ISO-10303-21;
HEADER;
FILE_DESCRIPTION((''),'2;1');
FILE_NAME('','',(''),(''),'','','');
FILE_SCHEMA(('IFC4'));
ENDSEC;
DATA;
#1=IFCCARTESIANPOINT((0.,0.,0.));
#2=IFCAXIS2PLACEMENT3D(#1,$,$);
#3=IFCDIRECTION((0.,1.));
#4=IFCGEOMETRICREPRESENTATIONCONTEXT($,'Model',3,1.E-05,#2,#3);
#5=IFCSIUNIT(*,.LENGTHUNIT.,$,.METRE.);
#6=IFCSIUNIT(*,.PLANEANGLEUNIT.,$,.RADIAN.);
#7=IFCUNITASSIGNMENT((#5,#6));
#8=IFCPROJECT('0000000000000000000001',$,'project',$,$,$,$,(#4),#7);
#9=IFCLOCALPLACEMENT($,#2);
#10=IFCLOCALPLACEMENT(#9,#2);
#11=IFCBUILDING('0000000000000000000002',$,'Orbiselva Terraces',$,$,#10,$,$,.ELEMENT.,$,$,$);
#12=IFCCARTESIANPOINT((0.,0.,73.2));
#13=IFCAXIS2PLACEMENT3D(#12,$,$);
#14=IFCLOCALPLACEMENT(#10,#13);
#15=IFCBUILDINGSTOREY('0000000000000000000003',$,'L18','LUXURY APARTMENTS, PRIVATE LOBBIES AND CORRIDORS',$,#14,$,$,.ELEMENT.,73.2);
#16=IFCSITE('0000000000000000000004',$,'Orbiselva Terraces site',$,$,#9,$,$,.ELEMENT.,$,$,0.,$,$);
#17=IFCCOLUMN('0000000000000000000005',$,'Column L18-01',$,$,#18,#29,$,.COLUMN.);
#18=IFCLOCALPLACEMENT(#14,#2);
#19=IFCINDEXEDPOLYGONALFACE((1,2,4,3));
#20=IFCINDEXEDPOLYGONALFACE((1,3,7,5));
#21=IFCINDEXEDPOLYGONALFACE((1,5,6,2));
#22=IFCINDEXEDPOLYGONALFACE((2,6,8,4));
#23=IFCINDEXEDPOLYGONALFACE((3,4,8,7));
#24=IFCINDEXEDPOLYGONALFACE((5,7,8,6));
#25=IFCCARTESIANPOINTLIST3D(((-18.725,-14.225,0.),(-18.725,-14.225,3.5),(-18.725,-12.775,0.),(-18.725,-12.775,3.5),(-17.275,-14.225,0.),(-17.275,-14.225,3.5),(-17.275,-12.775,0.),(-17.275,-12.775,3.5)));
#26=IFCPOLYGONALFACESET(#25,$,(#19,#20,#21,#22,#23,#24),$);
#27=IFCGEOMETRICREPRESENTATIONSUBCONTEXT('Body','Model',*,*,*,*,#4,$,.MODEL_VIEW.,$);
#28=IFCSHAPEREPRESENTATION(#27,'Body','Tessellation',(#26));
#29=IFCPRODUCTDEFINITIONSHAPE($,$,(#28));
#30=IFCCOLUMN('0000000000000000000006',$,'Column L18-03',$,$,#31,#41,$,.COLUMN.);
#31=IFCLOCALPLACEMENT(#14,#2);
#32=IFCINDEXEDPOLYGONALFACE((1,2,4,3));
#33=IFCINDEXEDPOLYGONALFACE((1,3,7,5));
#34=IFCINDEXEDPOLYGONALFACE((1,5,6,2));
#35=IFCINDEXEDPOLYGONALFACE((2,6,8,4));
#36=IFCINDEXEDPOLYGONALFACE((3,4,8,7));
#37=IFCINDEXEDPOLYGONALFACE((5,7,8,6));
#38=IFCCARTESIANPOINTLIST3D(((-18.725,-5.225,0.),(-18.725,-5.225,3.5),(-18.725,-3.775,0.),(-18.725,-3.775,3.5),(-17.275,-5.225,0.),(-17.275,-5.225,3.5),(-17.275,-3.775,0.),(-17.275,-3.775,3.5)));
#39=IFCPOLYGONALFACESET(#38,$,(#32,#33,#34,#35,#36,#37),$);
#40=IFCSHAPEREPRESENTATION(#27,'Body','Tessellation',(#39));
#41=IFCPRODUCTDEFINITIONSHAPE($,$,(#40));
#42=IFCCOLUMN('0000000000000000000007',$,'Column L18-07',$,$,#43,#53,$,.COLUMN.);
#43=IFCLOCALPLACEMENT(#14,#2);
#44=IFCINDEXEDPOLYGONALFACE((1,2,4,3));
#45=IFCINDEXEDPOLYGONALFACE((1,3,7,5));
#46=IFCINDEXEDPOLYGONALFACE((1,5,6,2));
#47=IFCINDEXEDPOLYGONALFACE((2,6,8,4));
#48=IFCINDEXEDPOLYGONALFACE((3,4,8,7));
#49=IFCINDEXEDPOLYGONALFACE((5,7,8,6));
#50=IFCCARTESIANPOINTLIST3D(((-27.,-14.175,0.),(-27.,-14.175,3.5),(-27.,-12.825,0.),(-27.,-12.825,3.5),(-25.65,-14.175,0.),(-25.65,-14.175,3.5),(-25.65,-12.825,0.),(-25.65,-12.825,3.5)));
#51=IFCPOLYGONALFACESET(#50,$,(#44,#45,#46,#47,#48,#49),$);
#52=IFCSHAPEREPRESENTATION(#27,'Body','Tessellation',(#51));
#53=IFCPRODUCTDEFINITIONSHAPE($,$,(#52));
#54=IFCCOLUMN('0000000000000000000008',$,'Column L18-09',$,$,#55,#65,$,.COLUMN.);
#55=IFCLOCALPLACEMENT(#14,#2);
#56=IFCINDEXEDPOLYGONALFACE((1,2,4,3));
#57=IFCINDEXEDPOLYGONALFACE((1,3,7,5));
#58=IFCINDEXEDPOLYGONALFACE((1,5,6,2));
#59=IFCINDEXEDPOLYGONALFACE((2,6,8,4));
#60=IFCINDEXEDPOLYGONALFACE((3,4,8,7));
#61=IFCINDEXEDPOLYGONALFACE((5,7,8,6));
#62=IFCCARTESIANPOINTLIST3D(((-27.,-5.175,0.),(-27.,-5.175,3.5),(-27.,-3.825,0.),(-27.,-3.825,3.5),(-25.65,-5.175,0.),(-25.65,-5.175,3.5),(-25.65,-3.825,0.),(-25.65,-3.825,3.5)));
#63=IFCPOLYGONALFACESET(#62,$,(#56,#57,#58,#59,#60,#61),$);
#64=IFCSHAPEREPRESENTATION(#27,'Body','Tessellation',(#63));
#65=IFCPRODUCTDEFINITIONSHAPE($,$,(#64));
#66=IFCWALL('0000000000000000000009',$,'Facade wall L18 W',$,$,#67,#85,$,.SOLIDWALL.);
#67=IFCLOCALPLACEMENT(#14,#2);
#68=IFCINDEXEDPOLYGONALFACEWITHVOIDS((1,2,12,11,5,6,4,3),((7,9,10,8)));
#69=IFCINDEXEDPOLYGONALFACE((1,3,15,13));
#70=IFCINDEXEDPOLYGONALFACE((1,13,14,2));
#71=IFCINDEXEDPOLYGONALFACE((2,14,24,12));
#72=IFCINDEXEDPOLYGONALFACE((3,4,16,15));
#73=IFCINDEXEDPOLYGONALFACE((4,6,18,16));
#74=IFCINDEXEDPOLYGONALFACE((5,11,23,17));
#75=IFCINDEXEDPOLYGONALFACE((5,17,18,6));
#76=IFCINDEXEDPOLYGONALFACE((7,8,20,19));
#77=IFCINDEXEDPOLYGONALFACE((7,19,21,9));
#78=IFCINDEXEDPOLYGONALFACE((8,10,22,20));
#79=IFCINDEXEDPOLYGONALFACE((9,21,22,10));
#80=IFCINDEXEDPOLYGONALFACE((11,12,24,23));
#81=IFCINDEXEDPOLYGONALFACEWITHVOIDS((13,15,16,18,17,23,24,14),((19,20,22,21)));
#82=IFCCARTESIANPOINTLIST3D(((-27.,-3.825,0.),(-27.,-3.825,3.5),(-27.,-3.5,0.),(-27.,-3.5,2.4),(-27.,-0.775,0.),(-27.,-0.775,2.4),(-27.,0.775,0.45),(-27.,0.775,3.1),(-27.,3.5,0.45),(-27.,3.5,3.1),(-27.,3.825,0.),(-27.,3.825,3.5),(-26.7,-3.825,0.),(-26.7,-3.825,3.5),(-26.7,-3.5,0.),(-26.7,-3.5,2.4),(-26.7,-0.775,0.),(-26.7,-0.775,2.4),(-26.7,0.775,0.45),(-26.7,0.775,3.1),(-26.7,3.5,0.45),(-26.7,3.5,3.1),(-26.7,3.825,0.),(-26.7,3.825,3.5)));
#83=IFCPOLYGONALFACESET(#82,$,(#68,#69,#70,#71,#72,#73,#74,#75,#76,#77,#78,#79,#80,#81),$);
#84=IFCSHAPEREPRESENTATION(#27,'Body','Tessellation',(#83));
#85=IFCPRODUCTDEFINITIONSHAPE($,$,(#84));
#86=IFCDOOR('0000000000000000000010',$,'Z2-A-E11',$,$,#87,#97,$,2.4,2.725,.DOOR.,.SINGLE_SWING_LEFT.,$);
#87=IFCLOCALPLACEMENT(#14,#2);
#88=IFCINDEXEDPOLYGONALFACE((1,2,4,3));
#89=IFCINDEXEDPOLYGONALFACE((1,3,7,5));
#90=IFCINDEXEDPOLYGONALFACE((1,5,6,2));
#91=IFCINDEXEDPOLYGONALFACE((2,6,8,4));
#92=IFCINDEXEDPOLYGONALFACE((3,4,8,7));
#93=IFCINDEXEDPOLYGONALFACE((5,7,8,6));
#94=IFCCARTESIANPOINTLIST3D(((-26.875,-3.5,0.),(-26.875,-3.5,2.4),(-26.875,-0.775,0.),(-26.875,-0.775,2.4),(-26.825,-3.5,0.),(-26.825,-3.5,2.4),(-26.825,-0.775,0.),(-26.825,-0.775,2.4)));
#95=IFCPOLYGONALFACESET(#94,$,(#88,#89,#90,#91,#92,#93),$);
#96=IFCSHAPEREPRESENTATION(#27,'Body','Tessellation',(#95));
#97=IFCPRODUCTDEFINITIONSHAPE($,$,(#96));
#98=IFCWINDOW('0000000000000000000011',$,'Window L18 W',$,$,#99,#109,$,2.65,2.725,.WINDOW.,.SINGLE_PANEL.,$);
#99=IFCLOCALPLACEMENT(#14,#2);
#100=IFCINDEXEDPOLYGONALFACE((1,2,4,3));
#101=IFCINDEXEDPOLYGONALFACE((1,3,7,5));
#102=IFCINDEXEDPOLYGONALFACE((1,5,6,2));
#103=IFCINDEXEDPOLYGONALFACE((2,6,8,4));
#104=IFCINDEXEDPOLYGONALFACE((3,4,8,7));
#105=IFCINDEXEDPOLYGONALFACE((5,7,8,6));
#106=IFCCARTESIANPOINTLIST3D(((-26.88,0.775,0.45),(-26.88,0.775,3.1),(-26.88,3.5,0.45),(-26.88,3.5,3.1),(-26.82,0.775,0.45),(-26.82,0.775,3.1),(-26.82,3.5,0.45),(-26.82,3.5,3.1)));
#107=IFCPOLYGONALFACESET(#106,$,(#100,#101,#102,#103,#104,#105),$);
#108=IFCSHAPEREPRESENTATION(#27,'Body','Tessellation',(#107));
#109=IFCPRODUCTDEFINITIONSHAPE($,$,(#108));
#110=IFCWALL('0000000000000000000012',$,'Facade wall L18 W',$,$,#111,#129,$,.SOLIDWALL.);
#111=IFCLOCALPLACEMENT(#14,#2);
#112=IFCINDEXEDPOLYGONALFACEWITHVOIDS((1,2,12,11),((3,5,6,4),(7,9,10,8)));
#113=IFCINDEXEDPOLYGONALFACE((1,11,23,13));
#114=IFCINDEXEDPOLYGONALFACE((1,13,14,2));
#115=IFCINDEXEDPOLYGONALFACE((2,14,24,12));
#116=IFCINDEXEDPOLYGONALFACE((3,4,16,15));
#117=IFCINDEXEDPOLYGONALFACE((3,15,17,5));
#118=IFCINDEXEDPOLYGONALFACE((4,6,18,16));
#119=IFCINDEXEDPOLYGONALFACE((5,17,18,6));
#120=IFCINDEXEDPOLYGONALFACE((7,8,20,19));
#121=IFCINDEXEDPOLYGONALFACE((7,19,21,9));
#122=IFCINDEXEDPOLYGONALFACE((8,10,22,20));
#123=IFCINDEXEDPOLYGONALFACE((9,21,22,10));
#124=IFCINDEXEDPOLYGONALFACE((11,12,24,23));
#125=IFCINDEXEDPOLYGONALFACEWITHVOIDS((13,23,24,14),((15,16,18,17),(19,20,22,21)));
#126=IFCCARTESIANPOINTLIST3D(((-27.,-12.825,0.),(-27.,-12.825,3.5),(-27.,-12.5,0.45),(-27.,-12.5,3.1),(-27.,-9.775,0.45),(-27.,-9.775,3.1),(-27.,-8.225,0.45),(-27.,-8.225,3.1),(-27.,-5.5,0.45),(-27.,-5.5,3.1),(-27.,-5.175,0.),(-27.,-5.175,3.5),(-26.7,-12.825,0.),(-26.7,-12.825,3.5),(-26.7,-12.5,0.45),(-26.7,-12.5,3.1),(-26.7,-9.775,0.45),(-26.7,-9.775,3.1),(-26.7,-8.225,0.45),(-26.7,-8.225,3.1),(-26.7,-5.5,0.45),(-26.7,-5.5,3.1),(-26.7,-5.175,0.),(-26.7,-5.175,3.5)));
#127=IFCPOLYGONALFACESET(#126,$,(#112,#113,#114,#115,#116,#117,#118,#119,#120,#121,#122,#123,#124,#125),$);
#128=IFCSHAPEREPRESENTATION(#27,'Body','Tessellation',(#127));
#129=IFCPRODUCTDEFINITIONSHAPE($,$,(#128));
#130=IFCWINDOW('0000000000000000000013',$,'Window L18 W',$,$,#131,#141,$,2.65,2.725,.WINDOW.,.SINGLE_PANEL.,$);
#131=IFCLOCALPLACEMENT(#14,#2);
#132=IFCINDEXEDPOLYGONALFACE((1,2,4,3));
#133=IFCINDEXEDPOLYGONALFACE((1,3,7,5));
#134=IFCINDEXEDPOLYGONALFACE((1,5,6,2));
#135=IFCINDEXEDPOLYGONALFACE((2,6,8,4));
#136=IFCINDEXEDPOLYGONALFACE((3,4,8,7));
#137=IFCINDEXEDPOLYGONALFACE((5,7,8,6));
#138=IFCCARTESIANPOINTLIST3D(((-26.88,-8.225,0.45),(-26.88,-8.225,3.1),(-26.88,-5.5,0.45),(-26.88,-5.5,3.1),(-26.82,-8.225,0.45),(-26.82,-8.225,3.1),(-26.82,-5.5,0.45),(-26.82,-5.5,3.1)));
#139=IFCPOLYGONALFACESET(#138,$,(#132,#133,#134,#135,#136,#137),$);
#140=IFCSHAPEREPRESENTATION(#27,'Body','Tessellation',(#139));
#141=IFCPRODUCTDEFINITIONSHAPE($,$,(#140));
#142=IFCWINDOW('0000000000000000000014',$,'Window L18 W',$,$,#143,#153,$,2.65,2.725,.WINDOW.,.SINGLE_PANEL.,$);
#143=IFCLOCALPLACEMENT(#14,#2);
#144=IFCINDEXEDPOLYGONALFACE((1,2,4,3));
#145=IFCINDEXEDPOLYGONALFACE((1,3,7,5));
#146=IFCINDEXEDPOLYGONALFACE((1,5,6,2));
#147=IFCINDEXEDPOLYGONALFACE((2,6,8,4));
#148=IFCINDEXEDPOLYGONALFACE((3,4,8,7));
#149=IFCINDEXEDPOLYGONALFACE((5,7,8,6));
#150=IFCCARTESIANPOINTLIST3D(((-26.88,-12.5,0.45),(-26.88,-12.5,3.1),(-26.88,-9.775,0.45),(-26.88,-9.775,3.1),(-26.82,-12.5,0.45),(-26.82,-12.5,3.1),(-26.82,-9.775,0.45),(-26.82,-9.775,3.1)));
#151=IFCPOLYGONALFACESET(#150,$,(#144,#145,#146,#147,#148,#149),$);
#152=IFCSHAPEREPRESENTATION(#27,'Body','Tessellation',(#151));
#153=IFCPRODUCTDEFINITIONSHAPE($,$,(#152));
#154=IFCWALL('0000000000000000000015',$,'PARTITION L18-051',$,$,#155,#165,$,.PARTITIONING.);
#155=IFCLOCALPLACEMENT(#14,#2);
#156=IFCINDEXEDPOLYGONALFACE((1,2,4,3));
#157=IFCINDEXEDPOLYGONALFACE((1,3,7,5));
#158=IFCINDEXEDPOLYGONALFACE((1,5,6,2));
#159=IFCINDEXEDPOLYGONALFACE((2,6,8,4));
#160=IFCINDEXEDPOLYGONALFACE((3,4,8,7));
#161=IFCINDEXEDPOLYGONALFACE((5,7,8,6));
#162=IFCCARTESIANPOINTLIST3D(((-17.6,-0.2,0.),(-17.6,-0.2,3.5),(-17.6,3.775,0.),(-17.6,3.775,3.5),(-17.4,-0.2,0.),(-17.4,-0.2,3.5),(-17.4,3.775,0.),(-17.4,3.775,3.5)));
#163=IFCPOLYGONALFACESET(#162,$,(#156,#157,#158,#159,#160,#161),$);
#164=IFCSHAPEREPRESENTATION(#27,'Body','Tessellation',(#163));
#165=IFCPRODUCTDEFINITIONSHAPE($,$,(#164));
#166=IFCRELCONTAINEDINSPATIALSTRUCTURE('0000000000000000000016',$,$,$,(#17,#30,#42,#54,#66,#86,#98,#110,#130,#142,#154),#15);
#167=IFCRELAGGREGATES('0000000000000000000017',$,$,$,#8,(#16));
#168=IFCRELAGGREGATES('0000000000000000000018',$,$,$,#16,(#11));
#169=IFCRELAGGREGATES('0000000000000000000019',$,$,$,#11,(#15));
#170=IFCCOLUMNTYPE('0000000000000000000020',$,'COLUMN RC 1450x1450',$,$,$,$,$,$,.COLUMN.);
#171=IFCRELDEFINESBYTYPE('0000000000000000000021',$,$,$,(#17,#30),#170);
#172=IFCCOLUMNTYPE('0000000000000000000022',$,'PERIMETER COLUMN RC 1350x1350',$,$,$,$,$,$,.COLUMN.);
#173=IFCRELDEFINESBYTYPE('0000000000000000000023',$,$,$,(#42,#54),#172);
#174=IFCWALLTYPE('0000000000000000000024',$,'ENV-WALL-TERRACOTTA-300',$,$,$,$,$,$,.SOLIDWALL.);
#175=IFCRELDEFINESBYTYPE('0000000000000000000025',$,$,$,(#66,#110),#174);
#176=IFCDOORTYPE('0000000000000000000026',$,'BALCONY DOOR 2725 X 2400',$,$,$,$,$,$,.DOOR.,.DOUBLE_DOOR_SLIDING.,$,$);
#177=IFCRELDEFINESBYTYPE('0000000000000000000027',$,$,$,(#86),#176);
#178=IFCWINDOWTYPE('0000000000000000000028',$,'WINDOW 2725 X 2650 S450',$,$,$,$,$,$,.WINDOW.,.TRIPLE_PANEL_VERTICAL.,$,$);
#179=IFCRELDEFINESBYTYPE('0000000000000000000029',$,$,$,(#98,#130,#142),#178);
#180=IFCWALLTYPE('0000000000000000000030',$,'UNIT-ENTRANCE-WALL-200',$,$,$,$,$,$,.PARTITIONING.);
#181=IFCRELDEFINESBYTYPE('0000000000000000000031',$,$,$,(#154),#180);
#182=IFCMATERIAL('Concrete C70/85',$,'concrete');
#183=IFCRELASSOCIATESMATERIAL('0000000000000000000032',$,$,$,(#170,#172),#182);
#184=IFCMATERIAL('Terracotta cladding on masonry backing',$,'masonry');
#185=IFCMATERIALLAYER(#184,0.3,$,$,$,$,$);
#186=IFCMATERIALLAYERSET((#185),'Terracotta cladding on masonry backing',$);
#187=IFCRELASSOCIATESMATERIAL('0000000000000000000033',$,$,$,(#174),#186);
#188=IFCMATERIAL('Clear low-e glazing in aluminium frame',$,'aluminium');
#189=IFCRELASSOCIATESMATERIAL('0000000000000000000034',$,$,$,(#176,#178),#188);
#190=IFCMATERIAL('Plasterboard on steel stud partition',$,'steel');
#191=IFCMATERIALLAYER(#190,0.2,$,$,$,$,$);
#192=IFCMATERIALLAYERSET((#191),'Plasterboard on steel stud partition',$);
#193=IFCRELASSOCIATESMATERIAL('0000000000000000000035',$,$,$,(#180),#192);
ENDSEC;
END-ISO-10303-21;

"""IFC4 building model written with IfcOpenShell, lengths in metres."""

from ifc_helpers import new_model, si_unit, direction, frame, frame_2d, origin, origin_2d, place, context, subcontext, project, spatial, rectangle, extrude, material, layer, layer_set, material_profile, profile_set, type_object, element, fill, save


model = new_model("IFC4")

# Units and contexts
model_context = context("Model", 3, precision=1e-05, world=origin(), true_north=direction((0.0, 1.0)))
body_context = subcontext(model_context, "Body", "Model", "MODEL_VIEW")
ifc_project = project(units=[si_unit("LENGTHUNIT", "METRE"), si_unit("PLANEANGLEUNIT", "RADIAN")], contexts=[model_context])

# Site, building, storey
site_placement = place(None, origin())
site = spatial("IfcSite", under=ifc_project, at=site_placement, Name="Orbiselva Terraces site", CompositionType="ELEMENT", RefElevation=0.0)
building_placement = place(site_placement, origin())
building = spatial("IfcBuilding", under=site, at=building_placement, Name="Orbiselva Terraces", CompositionType="ELEMENT")
storey_placement = place(building_placement, frame((0.0, 0.0, 73.2)))
storey = spatial("IfcBuildingStorey", under=building, at=storey_placement, Name="L18", Description="LUXURY APARTMENTS, PRIVATE LOBBIES AND CORRIDORS", CompositionType="ELEMENT", Elevation=73.2)

# Columns
ifc_material_1 = material(Name="Concrete C70/85", Category="concrete")
ifc_material_profile_1 = material_profile(ifc_material_1, rectangle(XDim=1.45, YDim=1.45, at=origin_2d()), Name="RC 1450x1450")
ifc_profile_set_1 = profile_set([ifc_material_profile_1], Name="Concrete C70/85")
column_type_1 = type_object("IfcColumnType", Name="COLUMN RC 1450x1450", PredefinedType="COLUMN", material=ifc_profile_set_1)
for number, where, z_axis, x_axis, name in (
    (1, (-18.0, -13.5, 0.0), (0.0, 0.0, 1.0), (1.0, 0.0, 0.0), "Column L18-01"),
    (2, (-18.0, -4.5, 0.0), (0.0, 0.0, 1.0), (1.0, 0.0, 0.0), "Column L18-03"),
):
    element("IfcColumn", number, at=place(storey_placement, frame(where, z_axis=z_axis, x_axis=x_axis)), inside=storey, type_object=column_type_1, Name=name, PredefinedType="COLUMN", context=body_context, shape_type="SweptSolid", body=[
        extrude(rectangle(XDim=1.45, YDim=1.45, at=origin_2d()), origin(), (0.0, 0.0, 1.0), 3.5),
    ])
ifc_material_profile_2 = material_profile(ifc_material_1, rectangle(XDim=1.35, YDim=1.35, at=origin_2d()), Name="RC 1350x1350")
ifc_profile_set_2 = profile_set([ifc_material_profile_2], Name="Concrete C70/85")
column_type_2 = type_object("IfcColumnType", Name="PERIMETER COLUMN RC 1350x1350", PredefinedType="COLUMN", material=ifc_profile_set_2)
for number, where, z_axis, x_axis, name in (
    (3, (-26.325, -13.5, 0.0), (0.0, 0.0, 1.0), (1.0, 0.0, 0.0), "Column L18-07"),
    (4, (-26.325, -4.5, 0.0), (0.0, 0.0, 1.0), (1.0, 0.0, 0.0), "Column L18-09"),
):
    element("IfcColumn", number, at=place(storey_placement, frame(where, z_axis=z_axis, x_axis=x_axis)), inside=storey, type_object=column_type_2, Name=name, PredefinedType="COLUMN", context=body_context, shape_type="SweptSolid", body=[
        extrude(rectangle(XDim=1.35, YDim=1.35, at=origin_2d()), origin(), (0.0, 0.0, 1.0), 3.5),
    ])

# Wall, openings, door, window
ifc_material_2 = material(Name="Terracotta cladding on masonry backing", Category="masonry")
ifc_layer_1 = layer(ifc_material_2, 0.3)
ifc_layer_set_1 = layer_set([ifc_layer_1], Name="Terracotta cladding on masonry backing")
wall_type_1 = type_object("IfcWallType", Name="ENV-WALL-TERRACOTTA-300", PredefinedType="SOLIDWALL", material=ifc_layer_set_1)
wall_1_placement = place(storey_placement, frame((-26.85, -3.825, 0.0), z_axis=(0.0, 0.0, 1.0), x_axis=(0.0, 1.0, 0.0)))
wall_1 = element("IfcWall", 5, at=wall_1_placement, inside=storey, type_object=wall_type_1, Name="Facade wall L18 W", PredefinedType="SOLIDWALL", context=body_context, shape_type="SweptSolid", body=[
    extrude(rectangle(XDim=7.65, YDim=0.3, at=frame_2d((3.825, 0.0))), origin(), (0.0, 0.0, 1.0), 3.5),
])
opening_1_placement = place(wall_1_placement, frame((4.6, 0.0, 0.45)))
opening_1 = element("IfcOpeningElement", 6, at=opening_1_placement, cuts=wall_1, PredefinedType="OPENING", context=body_context, shape_type="SweptSolid", body=[
    extrude(rectangle(XDim=2.725, YDim=2.65, at=frame_2d((1.3625, 1.325))), frame((0.0, 0.16, 0.0), z_axis=(0.0, -1.0, 0.0), x_axis=(1.0, 0.0, 0.0)), (0.0, 0.0, 1.0), 0.32),
])
opening_2_placement = place(wall_1_placement, frame((0.325, 0.0, 0.0)))
opening_2 = element("IfcOpeningElement", 7, at=opening_2_placement, cuts=wall_1, PredefinedType="OPENING", context=body_context, shape_type="SweptSolid", body=[
    extrude(rectangle(XDim=2.725, YDim=2.4, at=frame_2d((1.3625, 1.2))), frame((0.0, 0.16, 0.0), z_axis=(0.0, -1.0, 0.0), x_axis=(1.0, 0.0, 0.0)), (0.0, 0.0, 1.0), 0.32),
])
ifc_material_3 = material(Name="Clear low-e glazing in aluminium frame", Category="aluminium")
door_type_1 = type_object("IfcDoorType", Name="BALCONY DOOR 2725 X 2400", OperationType="DOUBLE_DOOR_SLIDING", PredefinedType="DOOR", material=ifc_material_3)
door_1_placement = place(opening_2_placement, origin())
door_1 = element("IfcDoor", 8, at=door_1_placement, inside=storey, type_object=door_type_1, Name="Z2-A-E11", OperationType="SINGLE_SWING_LEFT", OverallHeight=2.4, OverallWidth=2.725, PredefinedType="DOOR", context=body_context, shape_type="SweptSolid", body=[
    extrude(rectangle(XDim=2.725, YDim=2.4, at=frame_2d((1.3625, 1.2))), frame((0.0, 0.025, 0.0), z_axis=(0.0, -1.0, 0.0), x_axis=(1.0, 0.0, 0.0)), (0.0, 0.0, 1.0), 0.05),
])
fill(opening_2, door_1)
window_type = type_object("IfcWindowType", Name="WINDOW 2725 X 2650 S450", PartitioningType="TRIPLE_PANEL_VERTICAL", PredefinedType="WINDOW", material=ifc_material_3)
window_1_placement = place(opening_1_placement, origin())
window_1 = element("IfcWindow", 9, at=window_1_placement, inside=storey, type_object=window_type, Name="Window L18 W", OverallHeight=2.65, OverallWidth=2.725, PartitioningType="SINGLE_PANEL", PredefinedType="WINDOW", context=body_context, shape_type="SweptSolid", body=[
    extrude(rectangle(XDim=2.725, YDim=2.65, at=frame_2d((1.3625, 1.325))), frame((0.0, 0.03, 0.0), z_axis=(0.0, -1.0, 0.0), x_axis=(1.0, 0.0, 0.0)), (0.0, 0.0, 1.0), 0.06),
])
fill(opening_1, window_1)

# Wall, openings, windows
wall_2_placement = place(storey_placement, frame((-26.85, -12.825, 0.0), z_axis=(0.0, 0.0, 1.0), x_axis=(0.0, 1.0, 0.0)))
wall_2 = element("IfcWall", 10, at=wall_2_placement, inside=storey, type_object=wall_type_1, Name="Facade wall L18 W", PredefinedType="SOLIDWALL", context=body_context, shape_type="SweptSolid", body=[
    extrude(rectangle(XDim=7.65, YDim=0.3, at=frame_2d((3.825, 0.0))), origin(), (0.0, 0.0, 1.0), 3.5),
])
opening_3_placement = place(wall_2_placement, frame((4.6, 0.0, 0.45)))
opening_3 = element("IfcOpeningElement", 11, at=opening_3_placement, cuts=wall_2, PredefinedType="OPENING", context=body_context, shape_type="SweptSolid", body=[
    extrude(rectangle(XDim=2.725, YDim=2.65, at=frame_2d((1.3625, 1.325))), frame((0.0, 0.16, 0.0), z_axis=(0.0, -1.0, 0.0), x_axis=(1.0, 0.0, 0.0)), (0.0, 0.0, 1.0), 0.32),
])
opening_4_placement = place(wall_2_placement, frame((0.325, 0.0, 0.45)))
opening_4 = element("IfcOpeningElement", 12, at=opening_4_placement, cuts=wall_2, PredefinedType="OPENING", context=body_context, shape_type="SweptSolid", body=[
    extrude(rectangle(XDim=2.725, YDim=2.65, at=frame_2d((1.3625, 1.325))), frame((0.0, 0.16, 0.0), z_axis=(0.0, -1.0, 0.0), x_axis=(1.0, 0.0, 0.0)), (0.0, 0.0, 1.0), 0.32),
])
window_2_placement = place(opening_3_placement, origin())
window_2 = element("IfcWindow", 13, at=window_2_placement, inside=storey, type_object=window_type, Name="Window L18 W", OverallHeight=2.65, OverallWidth=2.725, PartitioningType="SINGLE_PANEL", PredefinedType="WINDOW", context=body_context, shape_type="SweptSolid", body=[
    extrude(rectangle(XDim=2.725, YDim=2.65, at=frame_2d((1.3625, 1.325))), frame((0.0, 0.03, 0.0), z_axis=(0.0, -1.0, 0.0), x_axis=(1.0, 0.0, 0.0)), (0.0, 0.0, 1.0), 0.06),
])
fill(opening_3, window_2)
window_3_placement = place(opening_4_placement, origin())
window_3 = element("IfcWindow", 14, at=window_3_placement, inside=storey, type_object=window_type, Name="Window L18 W", OverallHeight=2.65, OverallWidth=2.725, PartitioningType="SINGLE_PANEL", PredefinedType="WINDOW", context=body_context, shape_type="SweptSolid", body=[
    extrude(rectangle(XDim=2.725, YDim=2.65, at=frame_2d((1.3625, 1.325))), frame((0.0, 0.03, 0.0), z_axis=(0.0, -1.0, 0.0), x_axis=(1.0, 0.0, 0.0)), (0.0, 0.0, 1.0), 0.06),
])
fill(opening_4, window_3)

# Wall
ifc_material_4 = material(Name="Plasterboard on steel stud partition", Category="steel")
ifc_layer_2 = layer(ifc_material_4, 0.2)
ifc_layer_set_2 = layer_set([ifc_layer_2], Name="Plasterboard on steel stud partition")
wall_type_2 = type_object("IfcWallType", Name="UNIT-ENTRANCE-WALL-200", PredefinedType="PARTITIONING", material=ifc_layer_set_2)
wall_3_placement = place(storey_placement, frame((-17.5, -0.2, 0.0), z_axis=(0.0, 0.0, 1.0), x_axis=(0.0, 1.0, 0.0)))
element("IfcWall", 15, at=wall_3_placement, inside=storey, type_object=wall_type_2, Name="PARTITION L18-051", PredefinedType="PARTITIONING", context=body_context, shape_type="SweptSolid", body=[
    extrude(rectangle(XDim=3.975, YDim=0.2, at=frame_2d((1.9875, 0.0))), origin(), (0.0, 0.0, 1.0), 3.5),
])

save(model, "model.ifc")
